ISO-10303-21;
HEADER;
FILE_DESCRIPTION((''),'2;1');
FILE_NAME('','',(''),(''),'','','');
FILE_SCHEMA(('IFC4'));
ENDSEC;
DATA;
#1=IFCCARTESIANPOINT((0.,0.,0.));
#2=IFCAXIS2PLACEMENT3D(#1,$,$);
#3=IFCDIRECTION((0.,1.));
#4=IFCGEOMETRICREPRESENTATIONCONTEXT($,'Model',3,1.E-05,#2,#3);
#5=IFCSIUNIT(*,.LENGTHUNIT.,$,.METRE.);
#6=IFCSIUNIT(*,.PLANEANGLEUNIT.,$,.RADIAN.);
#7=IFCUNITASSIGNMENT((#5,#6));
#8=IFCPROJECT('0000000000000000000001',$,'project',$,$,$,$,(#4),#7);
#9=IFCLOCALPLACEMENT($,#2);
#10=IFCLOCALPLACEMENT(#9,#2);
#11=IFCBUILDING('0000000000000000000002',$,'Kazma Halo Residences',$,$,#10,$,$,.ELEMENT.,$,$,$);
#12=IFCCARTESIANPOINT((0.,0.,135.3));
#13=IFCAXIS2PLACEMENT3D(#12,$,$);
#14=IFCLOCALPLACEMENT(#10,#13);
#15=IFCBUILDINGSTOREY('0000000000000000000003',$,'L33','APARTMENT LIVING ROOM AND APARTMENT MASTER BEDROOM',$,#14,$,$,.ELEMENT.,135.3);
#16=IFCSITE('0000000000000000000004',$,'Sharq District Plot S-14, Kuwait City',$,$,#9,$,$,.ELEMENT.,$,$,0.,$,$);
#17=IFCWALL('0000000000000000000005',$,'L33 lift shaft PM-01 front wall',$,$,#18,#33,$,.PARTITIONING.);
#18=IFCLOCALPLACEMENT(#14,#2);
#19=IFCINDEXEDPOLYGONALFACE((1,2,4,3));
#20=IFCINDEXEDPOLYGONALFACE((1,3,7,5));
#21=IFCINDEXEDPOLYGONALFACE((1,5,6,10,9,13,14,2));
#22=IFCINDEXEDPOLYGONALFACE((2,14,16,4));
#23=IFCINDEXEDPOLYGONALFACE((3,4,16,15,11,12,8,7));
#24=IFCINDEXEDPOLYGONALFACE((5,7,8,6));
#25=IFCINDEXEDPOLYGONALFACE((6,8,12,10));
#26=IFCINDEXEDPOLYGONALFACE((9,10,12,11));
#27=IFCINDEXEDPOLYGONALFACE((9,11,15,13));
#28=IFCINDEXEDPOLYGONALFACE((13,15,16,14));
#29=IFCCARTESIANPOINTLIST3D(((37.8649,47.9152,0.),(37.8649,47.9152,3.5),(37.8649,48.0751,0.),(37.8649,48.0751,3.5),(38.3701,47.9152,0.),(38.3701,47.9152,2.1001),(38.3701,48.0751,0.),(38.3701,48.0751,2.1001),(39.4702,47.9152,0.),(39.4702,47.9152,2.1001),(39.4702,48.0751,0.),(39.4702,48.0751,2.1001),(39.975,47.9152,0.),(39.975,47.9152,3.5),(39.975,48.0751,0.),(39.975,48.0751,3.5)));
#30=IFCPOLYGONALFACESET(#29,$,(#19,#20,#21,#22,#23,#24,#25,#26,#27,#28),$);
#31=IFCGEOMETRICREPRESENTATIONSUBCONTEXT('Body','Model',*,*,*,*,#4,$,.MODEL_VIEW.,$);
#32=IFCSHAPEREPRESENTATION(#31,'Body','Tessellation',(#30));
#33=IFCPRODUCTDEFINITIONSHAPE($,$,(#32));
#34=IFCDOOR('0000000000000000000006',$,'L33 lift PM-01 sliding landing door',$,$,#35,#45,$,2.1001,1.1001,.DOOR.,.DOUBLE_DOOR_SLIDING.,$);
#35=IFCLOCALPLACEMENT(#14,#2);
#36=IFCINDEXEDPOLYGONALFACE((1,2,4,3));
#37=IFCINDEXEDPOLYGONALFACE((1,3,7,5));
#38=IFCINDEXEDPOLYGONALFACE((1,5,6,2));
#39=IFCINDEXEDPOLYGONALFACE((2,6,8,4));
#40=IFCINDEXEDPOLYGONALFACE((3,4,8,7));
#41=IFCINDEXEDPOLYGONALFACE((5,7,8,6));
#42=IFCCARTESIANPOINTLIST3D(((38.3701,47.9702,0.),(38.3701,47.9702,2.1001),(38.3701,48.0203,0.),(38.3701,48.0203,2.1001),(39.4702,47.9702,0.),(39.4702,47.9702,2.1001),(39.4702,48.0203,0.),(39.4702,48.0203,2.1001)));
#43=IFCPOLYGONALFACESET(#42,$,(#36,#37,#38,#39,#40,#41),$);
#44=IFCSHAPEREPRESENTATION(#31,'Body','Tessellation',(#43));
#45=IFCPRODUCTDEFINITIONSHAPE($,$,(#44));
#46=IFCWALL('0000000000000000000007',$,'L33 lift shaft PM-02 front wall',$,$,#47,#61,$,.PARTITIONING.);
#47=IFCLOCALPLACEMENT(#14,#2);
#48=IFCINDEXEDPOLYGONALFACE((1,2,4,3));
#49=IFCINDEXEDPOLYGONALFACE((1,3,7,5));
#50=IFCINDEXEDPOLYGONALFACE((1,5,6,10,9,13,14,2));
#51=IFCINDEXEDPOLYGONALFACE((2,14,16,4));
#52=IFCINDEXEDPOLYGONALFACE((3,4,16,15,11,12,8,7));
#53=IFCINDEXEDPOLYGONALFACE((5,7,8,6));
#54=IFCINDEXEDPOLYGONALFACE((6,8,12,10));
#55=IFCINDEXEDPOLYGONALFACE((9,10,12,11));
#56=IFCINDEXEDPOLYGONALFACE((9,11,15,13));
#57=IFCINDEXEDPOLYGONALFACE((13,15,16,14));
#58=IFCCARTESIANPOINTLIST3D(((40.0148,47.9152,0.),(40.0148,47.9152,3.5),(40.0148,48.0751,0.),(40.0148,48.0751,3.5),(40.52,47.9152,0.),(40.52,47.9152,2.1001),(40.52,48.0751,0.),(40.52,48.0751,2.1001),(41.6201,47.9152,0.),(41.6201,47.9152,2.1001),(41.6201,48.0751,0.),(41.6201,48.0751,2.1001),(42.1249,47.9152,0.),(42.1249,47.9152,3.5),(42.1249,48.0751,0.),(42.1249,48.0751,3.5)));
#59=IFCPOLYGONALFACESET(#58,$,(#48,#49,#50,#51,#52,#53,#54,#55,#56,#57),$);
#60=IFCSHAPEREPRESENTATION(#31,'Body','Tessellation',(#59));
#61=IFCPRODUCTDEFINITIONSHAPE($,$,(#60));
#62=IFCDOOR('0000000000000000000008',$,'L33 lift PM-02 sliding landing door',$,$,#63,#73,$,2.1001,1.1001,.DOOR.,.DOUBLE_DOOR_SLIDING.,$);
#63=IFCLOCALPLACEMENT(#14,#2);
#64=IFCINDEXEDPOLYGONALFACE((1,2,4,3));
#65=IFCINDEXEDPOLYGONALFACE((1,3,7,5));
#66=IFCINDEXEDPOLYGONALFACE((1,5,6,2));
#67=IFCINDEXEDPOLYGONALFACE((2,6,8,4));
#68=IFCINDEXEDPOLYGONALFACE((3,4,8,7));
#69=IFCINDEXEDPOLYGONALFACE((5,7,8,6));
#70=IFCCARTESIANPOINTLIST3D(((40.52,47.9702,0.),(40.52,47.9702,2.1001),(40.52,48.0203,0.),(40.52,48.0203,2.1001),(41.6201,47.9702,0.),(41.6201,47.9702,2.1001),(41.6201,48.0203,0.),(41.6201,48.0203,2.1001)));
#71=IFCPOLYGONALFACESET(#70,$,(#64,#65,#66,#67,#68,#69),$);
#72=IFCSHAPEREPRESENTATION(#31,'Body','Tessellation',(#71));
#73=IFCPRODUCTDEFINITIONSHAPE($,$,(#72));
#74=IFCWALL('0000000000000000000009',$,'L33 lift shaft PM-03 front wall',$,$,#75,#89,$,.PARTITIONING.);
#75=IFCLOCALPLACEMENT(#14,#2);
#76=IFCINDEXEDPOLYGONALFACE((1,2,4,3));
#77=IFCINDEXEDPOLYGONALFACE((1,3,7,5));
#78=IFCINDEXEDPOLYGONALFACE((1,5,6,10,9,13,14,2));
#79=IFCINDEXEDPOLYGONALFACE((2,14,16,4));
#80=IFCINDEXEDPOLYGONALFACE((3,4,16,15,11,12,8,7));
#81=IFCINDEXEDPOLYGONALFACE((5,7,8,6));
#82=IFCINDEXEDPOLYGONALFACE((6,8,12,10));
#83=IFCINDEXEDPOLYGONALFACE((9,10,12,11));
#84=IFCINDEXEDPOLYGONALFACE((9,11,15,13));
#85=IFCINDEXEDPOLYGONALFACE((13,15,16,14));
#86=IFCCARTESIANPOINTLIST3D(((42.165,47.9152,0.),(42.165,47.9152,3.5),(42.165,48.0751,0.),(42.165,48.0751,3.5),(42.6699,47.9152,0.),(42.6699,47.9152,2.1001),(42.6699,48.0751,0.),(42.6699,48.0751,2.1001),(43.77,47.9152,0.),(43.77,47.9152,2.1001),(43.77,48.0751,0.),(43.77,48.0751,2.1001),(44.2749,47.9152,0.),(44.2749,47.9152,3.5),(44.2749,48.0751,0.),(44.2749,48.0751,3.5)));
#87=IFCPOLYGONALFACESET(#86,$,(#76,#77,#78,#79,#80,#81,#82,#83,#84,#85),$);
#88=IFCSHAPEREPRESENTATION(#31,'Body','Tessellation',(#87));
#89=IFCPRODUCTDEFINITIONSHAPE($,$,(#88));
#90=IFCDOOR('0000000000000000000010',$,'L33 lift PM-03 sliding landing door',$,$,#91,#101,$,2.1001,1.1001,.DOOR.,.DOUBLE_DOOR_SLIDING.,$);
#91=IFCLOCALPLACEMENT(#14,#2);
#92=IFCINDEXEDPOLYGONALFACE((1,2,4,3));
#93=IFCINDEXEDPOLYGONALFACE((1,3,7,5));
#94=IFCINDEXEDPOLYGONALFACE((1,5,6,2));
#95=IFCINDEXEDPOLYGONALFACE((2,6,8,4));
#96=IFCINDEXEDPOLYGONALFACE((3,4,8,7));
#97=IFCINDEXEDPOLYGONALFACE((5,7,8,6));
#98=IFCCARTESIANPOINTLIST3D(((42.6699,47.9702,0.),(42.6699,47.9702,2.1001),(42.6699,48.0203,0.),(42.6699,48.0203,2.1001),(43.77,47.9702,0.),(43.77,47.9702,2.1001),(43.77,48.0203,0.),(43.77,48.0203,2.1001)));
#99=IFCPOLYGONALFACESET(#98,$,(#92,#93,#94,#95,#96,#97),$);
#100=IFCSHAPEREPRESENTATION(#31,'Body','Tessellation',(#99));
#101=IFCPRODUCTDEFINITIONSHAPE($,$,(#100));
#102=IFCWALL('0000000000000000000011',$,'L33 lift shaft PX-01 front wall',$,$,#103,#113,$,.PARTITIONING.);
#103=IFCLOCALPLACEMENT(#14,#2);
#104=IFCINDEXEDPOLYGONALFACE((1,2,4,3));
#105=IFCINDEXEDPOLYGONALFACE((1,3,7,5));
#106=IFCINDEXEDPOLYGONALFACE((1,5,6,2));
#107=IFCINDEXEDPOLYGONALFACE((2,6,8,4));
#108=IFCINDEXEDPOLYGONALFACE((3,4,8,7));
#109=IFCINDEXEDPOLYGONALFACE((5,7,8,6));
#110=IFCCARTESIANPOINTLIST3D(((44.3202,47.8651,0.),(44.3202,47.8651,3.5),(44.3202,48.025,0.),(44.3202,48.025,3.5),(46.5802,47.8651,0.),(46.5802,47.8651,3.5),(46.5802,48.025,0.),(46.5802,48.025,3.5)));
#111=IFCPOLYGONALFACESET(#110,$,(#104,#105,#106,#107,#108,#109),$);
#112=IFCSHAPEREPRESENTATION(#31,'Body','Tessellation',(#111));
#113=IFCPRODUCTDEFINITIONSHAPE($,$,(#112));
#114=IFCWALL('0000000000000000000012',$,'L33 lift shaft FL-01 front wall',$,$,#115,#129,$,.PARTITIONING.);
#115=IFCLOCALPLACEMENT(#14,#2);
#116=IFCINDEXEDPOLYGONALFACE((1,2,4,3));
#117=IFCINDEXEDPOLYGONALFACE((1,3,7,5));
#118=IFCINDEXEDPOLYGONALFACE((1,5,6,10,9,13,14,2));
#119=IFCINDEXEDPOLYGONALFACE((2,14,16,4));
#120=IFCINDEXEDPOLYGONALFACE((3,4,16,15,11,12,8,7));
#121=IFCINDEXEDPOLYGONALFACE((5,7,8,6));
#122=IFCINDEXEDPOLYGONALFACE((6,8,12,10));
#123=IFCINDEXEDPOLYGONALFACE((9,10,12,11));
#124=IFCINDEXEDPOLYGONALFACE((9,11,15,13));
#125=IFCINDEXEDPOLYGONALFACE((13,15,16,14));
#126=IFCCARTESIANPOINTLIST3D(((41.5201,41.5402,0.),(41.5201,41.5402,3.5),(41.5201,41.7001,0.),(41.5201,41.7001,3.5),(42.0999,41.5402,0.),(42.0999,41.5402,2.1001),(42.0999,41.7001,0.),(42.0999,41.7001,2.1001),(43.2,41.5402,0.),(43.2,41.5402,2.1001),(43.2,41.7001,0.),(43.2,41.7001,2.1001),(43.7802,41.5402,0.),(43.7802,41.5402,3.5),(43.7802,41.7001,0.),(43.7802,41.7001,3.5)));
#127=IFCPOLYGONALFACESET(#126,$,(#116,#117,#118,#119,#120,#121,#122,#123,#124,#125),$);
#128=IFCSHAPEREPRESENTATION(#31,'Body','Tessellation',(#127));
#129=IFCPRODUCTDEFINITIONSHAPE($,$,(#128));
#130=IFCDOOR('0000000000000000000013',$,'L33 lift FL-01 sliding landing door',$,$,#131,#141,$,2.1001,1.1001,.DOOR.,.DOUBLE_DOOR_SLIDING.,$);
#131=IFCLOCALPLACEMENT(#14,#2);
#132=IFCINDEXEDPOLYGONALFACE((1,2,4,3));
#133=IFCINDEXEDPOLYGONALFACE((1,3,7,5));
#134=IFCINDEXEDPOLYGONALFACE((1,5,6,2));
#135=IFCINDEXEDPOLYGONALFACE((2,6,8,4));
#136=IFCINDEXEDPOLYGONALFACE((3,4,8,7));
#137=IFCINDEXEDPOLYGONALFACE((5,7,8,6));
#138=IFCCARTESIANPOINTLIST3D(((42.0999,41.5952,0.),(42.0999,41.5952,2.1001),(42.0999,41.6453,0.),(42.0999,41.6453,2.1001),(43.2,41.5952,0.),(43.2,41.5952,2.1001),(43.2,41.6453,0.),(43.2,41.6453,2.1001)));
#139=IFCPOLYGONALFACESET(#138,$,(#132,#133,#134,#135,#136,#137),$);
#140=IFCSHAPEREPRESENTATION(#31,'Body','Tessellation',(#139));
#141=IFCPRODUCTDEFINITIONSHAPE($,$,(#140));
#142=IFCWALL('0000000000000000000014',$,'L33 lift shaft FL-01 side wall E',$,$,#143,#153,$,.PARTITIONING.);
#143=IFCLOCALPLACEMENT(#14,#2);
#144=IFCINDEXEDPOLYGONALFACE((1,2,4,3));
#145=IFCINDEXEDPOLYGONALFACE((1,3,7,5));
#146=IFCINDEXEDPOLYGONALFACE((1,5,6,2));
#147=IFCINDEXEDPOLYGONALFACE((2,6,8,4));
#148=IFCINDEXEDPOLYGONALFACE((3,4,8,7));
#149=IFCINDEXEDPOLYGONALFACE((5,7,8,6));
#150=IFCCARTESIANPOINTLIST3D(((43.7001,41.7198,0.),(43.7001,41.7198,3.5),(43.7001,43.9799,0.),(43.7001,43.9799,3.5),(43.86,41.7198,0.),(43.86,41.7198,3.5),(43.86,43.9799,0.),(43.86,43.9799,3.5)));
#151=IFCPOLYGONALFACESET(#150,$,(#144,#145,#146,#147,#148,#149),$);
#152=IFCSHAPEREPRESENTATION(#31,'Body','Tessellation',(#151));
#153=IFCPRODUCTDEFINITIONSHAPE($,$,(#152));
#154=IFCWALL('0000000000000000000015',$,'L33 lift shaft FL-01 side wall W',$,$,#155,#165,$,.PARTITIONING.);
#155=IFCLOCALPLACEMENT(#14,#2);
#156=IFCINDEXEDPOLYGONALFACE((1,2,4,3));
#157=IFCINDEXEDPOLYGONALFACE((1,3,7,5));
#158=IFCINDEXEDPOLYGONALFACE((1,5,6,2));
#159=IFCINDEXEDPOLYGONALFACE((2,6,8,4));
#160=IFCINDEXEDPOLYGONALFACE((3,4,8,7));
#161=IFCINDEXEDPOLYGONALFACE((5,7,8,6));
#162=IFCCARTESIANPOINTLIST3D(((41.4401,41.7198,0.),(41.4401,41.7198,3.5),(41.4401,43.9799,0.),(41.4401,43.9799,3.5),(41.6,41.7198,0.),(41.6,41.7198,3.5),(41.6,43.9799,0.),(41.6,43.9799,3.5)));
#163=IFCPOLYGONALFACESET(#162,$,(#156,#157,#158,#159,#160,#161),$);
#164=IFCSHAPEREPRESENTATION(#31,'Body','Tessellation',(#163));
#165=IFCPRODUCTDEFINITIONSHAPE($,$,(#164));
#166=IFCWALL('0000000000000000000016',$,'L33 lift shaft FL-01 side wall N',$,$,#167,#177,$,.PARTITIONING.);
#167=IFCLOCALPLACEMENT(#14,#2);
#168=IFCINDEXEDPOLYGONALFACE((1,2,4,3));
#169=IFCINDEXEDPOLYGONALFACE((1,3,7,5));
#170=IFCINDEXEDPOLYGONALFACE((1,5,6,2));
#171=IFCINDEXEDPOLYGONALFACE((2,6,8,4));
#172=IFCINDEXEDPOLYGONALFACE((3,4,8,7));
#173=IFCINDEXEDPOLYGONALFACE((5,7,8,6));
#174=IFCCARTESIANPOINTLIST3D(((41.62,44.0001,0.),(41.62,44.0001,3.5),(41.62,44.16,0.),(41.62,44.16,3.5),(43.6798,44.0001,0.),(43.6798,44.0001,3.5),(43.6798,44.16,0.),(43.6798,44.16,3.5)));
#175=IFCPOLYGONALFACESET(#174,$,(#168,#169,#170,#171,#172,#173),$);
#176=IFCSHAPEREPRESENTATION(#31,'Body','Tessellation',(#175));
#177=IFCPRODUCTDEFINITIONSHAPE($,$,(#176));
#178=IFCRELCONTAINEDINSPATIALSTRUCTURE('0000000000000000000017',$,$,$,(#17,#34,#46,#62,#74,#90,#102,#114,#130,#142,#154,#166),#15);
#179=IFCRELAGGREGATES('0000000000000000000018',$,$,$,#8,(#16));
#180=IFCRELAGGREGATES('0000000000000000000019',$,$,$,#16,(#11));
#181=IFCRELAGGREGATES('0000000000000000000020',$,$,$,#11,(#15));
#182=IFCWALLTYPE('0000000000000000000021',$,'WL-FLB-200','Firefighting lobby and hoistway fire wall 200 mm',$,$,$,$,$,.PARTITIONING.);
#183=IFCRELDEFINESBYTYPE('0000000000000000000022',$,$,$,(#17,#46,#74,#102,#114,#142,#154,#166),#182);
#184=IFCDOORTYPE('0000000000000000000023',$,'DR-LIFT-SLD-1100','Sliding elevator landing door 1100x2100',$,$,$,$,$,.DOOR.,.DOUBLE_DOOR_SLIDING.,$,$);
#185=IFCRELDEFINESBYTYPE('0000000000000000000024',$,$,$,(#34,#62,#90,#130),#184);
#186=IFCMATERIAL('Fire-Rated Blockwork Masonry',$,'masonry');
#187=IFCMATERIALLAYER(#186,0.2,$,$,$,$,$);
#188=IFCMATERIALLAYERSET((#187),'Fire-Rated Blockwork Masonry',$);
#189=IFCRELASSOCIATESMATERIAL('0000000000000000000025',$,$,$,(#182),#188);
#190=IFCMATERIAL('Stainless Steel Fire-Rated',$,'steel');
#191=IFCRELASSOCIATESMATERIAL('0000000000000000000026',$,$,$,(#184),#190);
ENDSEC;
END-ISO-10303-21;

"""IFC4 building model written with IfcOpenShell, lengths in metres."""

from ifc_helpers import new_model, si_unit, direction, frame, frame_2d, origin, place, context, subcontext, project, spatial, rectangle, extrude, material, layer, layer_set, type_object, element, fill, save


model = new_model("IFC4")

# Units and contexts
model_context = context("Model", 3, precision=1e-05, world=origin(), true_north=direction((0.0, 1.0)))
body_context = subcontext(model_context, "Body", "Model", "MODEL_VIEW")
ifc_project = project(units=[si_unit("LENGTHUNIT", "METRE"), si_unit("PLANEANGLEUNIT", "RADIAN")], contexts=[model_context])

# Site, building, storey
site_placement = place(None, origin())
site = spatial("IfcSite", under=ifc_project, at=site_placement, Name="Sharq District Plot S-14, Kuwait City", CompositionType="ELEMENT", RefElevation=0.0)
building_placement = place(site_placement, origin())
building = spatial("IfcBuilding", under=site, at=building_placement, Name="Kazma Halo Residences", CompositionType="ELEMENT")
storey_placement = place(building_placement, frame((0.0, 0.0, 135.3)))
storey = spatial("IfcBuildingStorey", under=building, at=storey_placement, Name="L33", Description="APARTMENT LIVING ROOM AND APARTMENT MASTER BEDROOM", CompositionType="ELEMENT", Elevation=135.3)

# Walls, openings, doors
ifc_material_1 = material(Name="Fire-Rated Blockwork Masonry", Category="masonry")
ifc_layer_1 = layer(ifc_material_1, 0.2)
ifc_layer_set_1 = layer_set([ifc_layer_1], Name="Fire-Rated Blockwork Masonry")
wall_type_1 = type_object("IfcWallType", Name="WL-FLB-200", Description="Firefighting lobby and hoistway fire wall 200 mm", PredefinedType="PARTITIONING", material=ifc_layer_set_1)
wall_1_placement = place(storey_placement, frame((39.9751, 47.9951, 0.0), z_axis=(0.0, 0.0, 1.0), x_axis=(-1.0, 0.0, 0.0)))
wall_1 = element("IfcWall", 1, at=wall_1_placement, inside=storey, type_object=wall_type_1, Name="L33 lift shaft PM-01 front wall", PredefinedType="PARTITIONING", context=body_context, shape_type="SweptSolid", body=[
    extrude(rectangle(XDim=2.1101, YDim=0.1599, at=frame_2d((1.0552, 0.0))), origin(), (0.0, 0.0, 1.0), 3.5),
])
opening_1_placement = place(wall_1_placement, frame((0.5049, 0.0, 0.0)))
opening_1 = element("IfcOpeningElement", 2, at=opening_1_placement, cuts=wall_1, PredefinedType="OPENING", context=body_context, shape_type="SweptSolid", body=[
    extrude(rectangle(XDim=1.1001, YDim=2.1001, at=frame_2d((0.55, 1.05))), frame((0.0, 0.0898, 0.0), z_axis=(0.0, -1.0, 0.0), x_axis=(1.0, 0.0, 0.0)), (0.0, 0.0, 1.0), 0.1799),
])
ifc_material_2 = material(Name="Stainless Steel Fire-Rated", Category="steel")
door_type_1 = type_object("IfcDoorType", Name="DR-LIFT-SLD-1100", Description="Sliding elevator landing door 1100x2100", OperationType="DOUBLE_DOOR_SLIDING", PredefinedType="DOOR", material=ifc_material_2)
door_1_placement = place(opening_1_placement, origin())
door_1 = element("IfcDoor", 3, at=door_1_placement, inside=storey, type_object=door_type_1, Name="L33 lift PM-01 sliding landing door", OperationType="DOUBLE_DOOR_SLIDING", OverallHeight=2.1001, OverallWidth=1.1001, PredefinedType="DOOR", context=body_context, shape_type="SweptSolid", body=[
    extrude(rectangle(XDim=1.1001, YDim=2.1001, at=frame_2d((0.55, 1.05))), frame((0.0, 0.0249, 0.0), z_axis=(0.0, -1.0, 0.0), x_axis=(1.0, 0.0, 0.0)), (0.0, 0.0, 1.0), 0.05),
])
fill(opening_1, door_1)
wall_2_placement = place(storey_placement, frame((42.125, 47.9951, 0.0), z_axis=(0.0, 0.0, 1.0), x_axis=(-1.0, 0.0, 0.0)))
wall_2 = element("IfcWall", 4, at=wall_2_placement, inside=storey, type_object=wall_type_1, Name="L33 lift shaft PM-02 front wall", PredefinedType="PARTITIONING", context=body_context, shape_type="SweptSolid", body=[
    extrude(rectangle(XDim=2.1101, YDim=0.1599, at=frame_2d((1.0552, 0.0))), origin(), (0.0, 0.0, 1.0), 3.5),
])
opening_2_placement = place(wall_2_placement, frame((0.5049, 0.0, 0.0)))
opening_2 = element("IfcOpeningElement", 5, at=opening_2_placement, cuts=wall_2, PredefinedType="OPENING", context=body_context, shape_type="SweptSolid", body=[
    extrude(rectangle(XDim=1.1001, YDim=2.1001, at=frame_2d((0.55, 1.05))), frame((0.0, 0.0898, 0.0), z_axis=(0.0, -1.0, 0.0), x_axis=(1.0, 0.0, 0.0)), (0.0, 0.0, 1.0), 0.1799),
])
door_2_placement = place(opening_2_placement, origin())
door_2 = element("IfcDoor", 6, at=door_2_placement, inside=storey, type_object=door_type_1, Name="L33 lift PM-02 sliding landing door", OperationType="DOUBLE_DOOR_SLIDING", OverallHeight=2.1001, OverallWidth=1.1001, PredefinedType="DOOR", context=body_context, shape_type="SweptSolid", body=[
    extrude(rectangle(XDim=1.1001, YDim=2.1001, at=frame_2d((0.55, 1.05))), frame((0.0, 0.0249, 0.0), z_axis=(0.0, -1.0, 0.0), x_axis=(1.0, 0.0, 0.0)), (0.0, 0.0, 1.0), 0.05),
])
fill(opening_2, door_2)
wall_3_placement = place(storey_placement, frame((44.2749, 47.9951, 0.0), z_axis=(0.0, 0.0, 1.0), x_axis=(-1.0, 0.0, 0.0)))
wall_3 = element("IfcWall", 7, at=wall_3_placement, inside=storey, type_object=wall_type_1, Name="L33 lift shaft PM-03 front wall", PredefinedType="PARTITIONING", context=body_context, shape_type="SweptSolid", body=[
    extrude(rectangle(XDim=2.1099, YDim=0.1599, at=frame_2d((1.0549, 0.0))), origin(), (0.0, 0.0, 1.0), 3.5),
])
opening_3_placement = place(wall_3_placement, frame((0.5049, 0.0, 0.0)))
opening_3 = element("IfcOpeningElement", 8, at=opening_3_placement, cuts=wall_3, PredefinedType="OPENING", context=body_context, shape_type="SweptSolid", body=[
    extrude(rectangle(XDim=1.1001, YDim=2.1001, at=frame_2d((0.55, 1.05))), frame((0.0, 0.0898, 0.0), z_axis=(0.0, -1.0, 0.0), x_axis=(1.0, 0.0, 0.0)), (0.0, 0.0, 1.0), 0.1799),
])
door_3_placement = place(opening_3_placement, origin())
door_3 = element("IfcDoor", 9, at=door_3_placement, inside=storey, type_object=door_type_1, Name="L33 lift PM-03 sliding landing door", OperationType="DOUBLE_DOOR_SLIDING", OverallHeight=2.1001, OverallWidth=1.1001, PredefinedType="DOOR", context=body_context, shape_type="SweptSolid", body=[
    extrude(rectangle(XDim=1.1001, YDim=2.1001, at=frame_2d((0.55, 1.05))), frame((0.0, 0.0249, 0.0), z_axis=(0.0, -1.0, 0.0), x_axis=(1.0, 0.0, 0.0)), (0.0, 0.0, 1.0), 0.05),
])
fill(opening_3, door_3)

# Wall
wall_4_placement = place(storey_placement, frame((46.5801, 47.9451, 0.0), z_axis=(0.0, 0.0, 1.0), x_axis=(-1.0, 0.0, 0.0)))
element("IfcWall", 10, at=wall_4_placement, inside=storey, type_object=wall_type_1, Name="L33 lift shaft PX-01 front wall", PredefinedType="PARTITIONING", context=body_context, shape_type="SweptSolid", body=[
    extrude(rectangle(XDim=2.26, YDim=0.1599, at=frame_2d((1.1299, 0.0))), origin(), (0.0, 0.0, 1.0), 3.5),
])

# Wall, opening, door
wall_5_placement = place(storey_placement, frame((43.78, 41.6201, 0.0), z_axis=(0.0, 0.0, 1.0), x_axis=(-1.0, 0.0, 0.0)))
wall_5 = element("IfcWall", 11, at=wall_5_placement, inside=storey, type_object=wall_type_1, Name="L33 lift shaft FL-01 front wall", PredefinedType="PARTITIONING", context=body_context, shape_type="SweptSolid", body=[
    extrude(rectangle(XDim=2.26, YDim=0.1599, at=frame_2d((1.1299, 0.0))), origin(), (0.0, 0.0, 1.0), 3.5),
])
opening_4_placement = place(wall_5_placement, frame((0.5801, 0.0, 0.0)))
opening_4 = element("IfcOpeningElement", 12, at=opening_4_placement, cuts=wall_5, PredefinedType="OPENING", context=body_context, shape_type="SweptSolid", body=[
    extrude(rectangle(XDim=1.1001, YDim=2.1001, at=frame_2d((0.55, 1.05))), frame((0.0, 0.0898, 0.0), z_axis=(0.0, -1.0, 0.0), x_axis=(1.0, 0.0, 0.0)), (0.0, 0.0, 1.0), 0.1799),
])
door_4_placement = place(opening_4_placement, origin())
door_4 = element("IfcDoor", 13, at=door_4_placement, inside=storey, type_object=door_type_1, Name="L33 lift FL-01 sliding landing door", OperationType="DOUBLE_DOOR_SLIDING", OverallHeight=2.1001, OverallWidth=1.1001, PredefinedType="DOOR", context=body_context, shape_type="SweptSolid", body=[
    extrude(rectangle(XDim=1.1001, YDim=2.1001, at=frame_2d((0.55, 1.05))), frame((0.0, 0.0249, 0.0), z_axis=(0.0, -1.0, 0.0), x_axis=(1.0, 0.0, 0.0)), (0.0, 0.0, 1.0), 0.05),
])
fill(opening_4, door_4)

# Walls
for number, where, z_axis, x_axis, name in (
    (14, (43.78, 41.72, 0.0), (0.0, 0.0, 1.0), (0.0, 1.0, 0.0), "L33 lift shaft FL-01 side wall E"),
    (15, (41.52, 41.72, 0.0), (0.0, 0.0, 1.0), (0.0, 1.0, 0.0), "L33 lift shaft FL-01 side wall W"),
):
    element("IfcWall", number, at=place(storey_placement, frame(where, z_axis=z_axis, x_axis=x_axis)), inside=storey, type_object=wall_type_1, Name=name, PredefinedType="PARTITIONING", context=body_context, shape_type="SweptSolid", body=[
        extrude(rectangle(XDim=2.26, YDim=0.1599, at=frame_2d((1.1299, 0.0))), origin(), (0.0, 0.0, 1.0), 3.5),
    ])
wall_6_placement = place(storey_placement, frame((41.6201, 44.0801, 0.0), z_axis=(0.0, 0.0, 1.0), x_axis=(1.0, 0.0, 0.0)))
element("IfcWall", 16, at=wall_6_placement, inside=storey, type_object=wall_type_1, Name="L33 lift shaft FL-01 side wall N", PredefinedType="PARTITIONING", context=body_context, shape_type="SweptSolid", body=[
    extrude(rectangle(XDim=2.0598, YDim=0.1599, at=frame_2d((1.0298, 0.0))), origin(), (0.0, 0.0, 1.0), 3.5),
])

save(model, "model.ifc")
